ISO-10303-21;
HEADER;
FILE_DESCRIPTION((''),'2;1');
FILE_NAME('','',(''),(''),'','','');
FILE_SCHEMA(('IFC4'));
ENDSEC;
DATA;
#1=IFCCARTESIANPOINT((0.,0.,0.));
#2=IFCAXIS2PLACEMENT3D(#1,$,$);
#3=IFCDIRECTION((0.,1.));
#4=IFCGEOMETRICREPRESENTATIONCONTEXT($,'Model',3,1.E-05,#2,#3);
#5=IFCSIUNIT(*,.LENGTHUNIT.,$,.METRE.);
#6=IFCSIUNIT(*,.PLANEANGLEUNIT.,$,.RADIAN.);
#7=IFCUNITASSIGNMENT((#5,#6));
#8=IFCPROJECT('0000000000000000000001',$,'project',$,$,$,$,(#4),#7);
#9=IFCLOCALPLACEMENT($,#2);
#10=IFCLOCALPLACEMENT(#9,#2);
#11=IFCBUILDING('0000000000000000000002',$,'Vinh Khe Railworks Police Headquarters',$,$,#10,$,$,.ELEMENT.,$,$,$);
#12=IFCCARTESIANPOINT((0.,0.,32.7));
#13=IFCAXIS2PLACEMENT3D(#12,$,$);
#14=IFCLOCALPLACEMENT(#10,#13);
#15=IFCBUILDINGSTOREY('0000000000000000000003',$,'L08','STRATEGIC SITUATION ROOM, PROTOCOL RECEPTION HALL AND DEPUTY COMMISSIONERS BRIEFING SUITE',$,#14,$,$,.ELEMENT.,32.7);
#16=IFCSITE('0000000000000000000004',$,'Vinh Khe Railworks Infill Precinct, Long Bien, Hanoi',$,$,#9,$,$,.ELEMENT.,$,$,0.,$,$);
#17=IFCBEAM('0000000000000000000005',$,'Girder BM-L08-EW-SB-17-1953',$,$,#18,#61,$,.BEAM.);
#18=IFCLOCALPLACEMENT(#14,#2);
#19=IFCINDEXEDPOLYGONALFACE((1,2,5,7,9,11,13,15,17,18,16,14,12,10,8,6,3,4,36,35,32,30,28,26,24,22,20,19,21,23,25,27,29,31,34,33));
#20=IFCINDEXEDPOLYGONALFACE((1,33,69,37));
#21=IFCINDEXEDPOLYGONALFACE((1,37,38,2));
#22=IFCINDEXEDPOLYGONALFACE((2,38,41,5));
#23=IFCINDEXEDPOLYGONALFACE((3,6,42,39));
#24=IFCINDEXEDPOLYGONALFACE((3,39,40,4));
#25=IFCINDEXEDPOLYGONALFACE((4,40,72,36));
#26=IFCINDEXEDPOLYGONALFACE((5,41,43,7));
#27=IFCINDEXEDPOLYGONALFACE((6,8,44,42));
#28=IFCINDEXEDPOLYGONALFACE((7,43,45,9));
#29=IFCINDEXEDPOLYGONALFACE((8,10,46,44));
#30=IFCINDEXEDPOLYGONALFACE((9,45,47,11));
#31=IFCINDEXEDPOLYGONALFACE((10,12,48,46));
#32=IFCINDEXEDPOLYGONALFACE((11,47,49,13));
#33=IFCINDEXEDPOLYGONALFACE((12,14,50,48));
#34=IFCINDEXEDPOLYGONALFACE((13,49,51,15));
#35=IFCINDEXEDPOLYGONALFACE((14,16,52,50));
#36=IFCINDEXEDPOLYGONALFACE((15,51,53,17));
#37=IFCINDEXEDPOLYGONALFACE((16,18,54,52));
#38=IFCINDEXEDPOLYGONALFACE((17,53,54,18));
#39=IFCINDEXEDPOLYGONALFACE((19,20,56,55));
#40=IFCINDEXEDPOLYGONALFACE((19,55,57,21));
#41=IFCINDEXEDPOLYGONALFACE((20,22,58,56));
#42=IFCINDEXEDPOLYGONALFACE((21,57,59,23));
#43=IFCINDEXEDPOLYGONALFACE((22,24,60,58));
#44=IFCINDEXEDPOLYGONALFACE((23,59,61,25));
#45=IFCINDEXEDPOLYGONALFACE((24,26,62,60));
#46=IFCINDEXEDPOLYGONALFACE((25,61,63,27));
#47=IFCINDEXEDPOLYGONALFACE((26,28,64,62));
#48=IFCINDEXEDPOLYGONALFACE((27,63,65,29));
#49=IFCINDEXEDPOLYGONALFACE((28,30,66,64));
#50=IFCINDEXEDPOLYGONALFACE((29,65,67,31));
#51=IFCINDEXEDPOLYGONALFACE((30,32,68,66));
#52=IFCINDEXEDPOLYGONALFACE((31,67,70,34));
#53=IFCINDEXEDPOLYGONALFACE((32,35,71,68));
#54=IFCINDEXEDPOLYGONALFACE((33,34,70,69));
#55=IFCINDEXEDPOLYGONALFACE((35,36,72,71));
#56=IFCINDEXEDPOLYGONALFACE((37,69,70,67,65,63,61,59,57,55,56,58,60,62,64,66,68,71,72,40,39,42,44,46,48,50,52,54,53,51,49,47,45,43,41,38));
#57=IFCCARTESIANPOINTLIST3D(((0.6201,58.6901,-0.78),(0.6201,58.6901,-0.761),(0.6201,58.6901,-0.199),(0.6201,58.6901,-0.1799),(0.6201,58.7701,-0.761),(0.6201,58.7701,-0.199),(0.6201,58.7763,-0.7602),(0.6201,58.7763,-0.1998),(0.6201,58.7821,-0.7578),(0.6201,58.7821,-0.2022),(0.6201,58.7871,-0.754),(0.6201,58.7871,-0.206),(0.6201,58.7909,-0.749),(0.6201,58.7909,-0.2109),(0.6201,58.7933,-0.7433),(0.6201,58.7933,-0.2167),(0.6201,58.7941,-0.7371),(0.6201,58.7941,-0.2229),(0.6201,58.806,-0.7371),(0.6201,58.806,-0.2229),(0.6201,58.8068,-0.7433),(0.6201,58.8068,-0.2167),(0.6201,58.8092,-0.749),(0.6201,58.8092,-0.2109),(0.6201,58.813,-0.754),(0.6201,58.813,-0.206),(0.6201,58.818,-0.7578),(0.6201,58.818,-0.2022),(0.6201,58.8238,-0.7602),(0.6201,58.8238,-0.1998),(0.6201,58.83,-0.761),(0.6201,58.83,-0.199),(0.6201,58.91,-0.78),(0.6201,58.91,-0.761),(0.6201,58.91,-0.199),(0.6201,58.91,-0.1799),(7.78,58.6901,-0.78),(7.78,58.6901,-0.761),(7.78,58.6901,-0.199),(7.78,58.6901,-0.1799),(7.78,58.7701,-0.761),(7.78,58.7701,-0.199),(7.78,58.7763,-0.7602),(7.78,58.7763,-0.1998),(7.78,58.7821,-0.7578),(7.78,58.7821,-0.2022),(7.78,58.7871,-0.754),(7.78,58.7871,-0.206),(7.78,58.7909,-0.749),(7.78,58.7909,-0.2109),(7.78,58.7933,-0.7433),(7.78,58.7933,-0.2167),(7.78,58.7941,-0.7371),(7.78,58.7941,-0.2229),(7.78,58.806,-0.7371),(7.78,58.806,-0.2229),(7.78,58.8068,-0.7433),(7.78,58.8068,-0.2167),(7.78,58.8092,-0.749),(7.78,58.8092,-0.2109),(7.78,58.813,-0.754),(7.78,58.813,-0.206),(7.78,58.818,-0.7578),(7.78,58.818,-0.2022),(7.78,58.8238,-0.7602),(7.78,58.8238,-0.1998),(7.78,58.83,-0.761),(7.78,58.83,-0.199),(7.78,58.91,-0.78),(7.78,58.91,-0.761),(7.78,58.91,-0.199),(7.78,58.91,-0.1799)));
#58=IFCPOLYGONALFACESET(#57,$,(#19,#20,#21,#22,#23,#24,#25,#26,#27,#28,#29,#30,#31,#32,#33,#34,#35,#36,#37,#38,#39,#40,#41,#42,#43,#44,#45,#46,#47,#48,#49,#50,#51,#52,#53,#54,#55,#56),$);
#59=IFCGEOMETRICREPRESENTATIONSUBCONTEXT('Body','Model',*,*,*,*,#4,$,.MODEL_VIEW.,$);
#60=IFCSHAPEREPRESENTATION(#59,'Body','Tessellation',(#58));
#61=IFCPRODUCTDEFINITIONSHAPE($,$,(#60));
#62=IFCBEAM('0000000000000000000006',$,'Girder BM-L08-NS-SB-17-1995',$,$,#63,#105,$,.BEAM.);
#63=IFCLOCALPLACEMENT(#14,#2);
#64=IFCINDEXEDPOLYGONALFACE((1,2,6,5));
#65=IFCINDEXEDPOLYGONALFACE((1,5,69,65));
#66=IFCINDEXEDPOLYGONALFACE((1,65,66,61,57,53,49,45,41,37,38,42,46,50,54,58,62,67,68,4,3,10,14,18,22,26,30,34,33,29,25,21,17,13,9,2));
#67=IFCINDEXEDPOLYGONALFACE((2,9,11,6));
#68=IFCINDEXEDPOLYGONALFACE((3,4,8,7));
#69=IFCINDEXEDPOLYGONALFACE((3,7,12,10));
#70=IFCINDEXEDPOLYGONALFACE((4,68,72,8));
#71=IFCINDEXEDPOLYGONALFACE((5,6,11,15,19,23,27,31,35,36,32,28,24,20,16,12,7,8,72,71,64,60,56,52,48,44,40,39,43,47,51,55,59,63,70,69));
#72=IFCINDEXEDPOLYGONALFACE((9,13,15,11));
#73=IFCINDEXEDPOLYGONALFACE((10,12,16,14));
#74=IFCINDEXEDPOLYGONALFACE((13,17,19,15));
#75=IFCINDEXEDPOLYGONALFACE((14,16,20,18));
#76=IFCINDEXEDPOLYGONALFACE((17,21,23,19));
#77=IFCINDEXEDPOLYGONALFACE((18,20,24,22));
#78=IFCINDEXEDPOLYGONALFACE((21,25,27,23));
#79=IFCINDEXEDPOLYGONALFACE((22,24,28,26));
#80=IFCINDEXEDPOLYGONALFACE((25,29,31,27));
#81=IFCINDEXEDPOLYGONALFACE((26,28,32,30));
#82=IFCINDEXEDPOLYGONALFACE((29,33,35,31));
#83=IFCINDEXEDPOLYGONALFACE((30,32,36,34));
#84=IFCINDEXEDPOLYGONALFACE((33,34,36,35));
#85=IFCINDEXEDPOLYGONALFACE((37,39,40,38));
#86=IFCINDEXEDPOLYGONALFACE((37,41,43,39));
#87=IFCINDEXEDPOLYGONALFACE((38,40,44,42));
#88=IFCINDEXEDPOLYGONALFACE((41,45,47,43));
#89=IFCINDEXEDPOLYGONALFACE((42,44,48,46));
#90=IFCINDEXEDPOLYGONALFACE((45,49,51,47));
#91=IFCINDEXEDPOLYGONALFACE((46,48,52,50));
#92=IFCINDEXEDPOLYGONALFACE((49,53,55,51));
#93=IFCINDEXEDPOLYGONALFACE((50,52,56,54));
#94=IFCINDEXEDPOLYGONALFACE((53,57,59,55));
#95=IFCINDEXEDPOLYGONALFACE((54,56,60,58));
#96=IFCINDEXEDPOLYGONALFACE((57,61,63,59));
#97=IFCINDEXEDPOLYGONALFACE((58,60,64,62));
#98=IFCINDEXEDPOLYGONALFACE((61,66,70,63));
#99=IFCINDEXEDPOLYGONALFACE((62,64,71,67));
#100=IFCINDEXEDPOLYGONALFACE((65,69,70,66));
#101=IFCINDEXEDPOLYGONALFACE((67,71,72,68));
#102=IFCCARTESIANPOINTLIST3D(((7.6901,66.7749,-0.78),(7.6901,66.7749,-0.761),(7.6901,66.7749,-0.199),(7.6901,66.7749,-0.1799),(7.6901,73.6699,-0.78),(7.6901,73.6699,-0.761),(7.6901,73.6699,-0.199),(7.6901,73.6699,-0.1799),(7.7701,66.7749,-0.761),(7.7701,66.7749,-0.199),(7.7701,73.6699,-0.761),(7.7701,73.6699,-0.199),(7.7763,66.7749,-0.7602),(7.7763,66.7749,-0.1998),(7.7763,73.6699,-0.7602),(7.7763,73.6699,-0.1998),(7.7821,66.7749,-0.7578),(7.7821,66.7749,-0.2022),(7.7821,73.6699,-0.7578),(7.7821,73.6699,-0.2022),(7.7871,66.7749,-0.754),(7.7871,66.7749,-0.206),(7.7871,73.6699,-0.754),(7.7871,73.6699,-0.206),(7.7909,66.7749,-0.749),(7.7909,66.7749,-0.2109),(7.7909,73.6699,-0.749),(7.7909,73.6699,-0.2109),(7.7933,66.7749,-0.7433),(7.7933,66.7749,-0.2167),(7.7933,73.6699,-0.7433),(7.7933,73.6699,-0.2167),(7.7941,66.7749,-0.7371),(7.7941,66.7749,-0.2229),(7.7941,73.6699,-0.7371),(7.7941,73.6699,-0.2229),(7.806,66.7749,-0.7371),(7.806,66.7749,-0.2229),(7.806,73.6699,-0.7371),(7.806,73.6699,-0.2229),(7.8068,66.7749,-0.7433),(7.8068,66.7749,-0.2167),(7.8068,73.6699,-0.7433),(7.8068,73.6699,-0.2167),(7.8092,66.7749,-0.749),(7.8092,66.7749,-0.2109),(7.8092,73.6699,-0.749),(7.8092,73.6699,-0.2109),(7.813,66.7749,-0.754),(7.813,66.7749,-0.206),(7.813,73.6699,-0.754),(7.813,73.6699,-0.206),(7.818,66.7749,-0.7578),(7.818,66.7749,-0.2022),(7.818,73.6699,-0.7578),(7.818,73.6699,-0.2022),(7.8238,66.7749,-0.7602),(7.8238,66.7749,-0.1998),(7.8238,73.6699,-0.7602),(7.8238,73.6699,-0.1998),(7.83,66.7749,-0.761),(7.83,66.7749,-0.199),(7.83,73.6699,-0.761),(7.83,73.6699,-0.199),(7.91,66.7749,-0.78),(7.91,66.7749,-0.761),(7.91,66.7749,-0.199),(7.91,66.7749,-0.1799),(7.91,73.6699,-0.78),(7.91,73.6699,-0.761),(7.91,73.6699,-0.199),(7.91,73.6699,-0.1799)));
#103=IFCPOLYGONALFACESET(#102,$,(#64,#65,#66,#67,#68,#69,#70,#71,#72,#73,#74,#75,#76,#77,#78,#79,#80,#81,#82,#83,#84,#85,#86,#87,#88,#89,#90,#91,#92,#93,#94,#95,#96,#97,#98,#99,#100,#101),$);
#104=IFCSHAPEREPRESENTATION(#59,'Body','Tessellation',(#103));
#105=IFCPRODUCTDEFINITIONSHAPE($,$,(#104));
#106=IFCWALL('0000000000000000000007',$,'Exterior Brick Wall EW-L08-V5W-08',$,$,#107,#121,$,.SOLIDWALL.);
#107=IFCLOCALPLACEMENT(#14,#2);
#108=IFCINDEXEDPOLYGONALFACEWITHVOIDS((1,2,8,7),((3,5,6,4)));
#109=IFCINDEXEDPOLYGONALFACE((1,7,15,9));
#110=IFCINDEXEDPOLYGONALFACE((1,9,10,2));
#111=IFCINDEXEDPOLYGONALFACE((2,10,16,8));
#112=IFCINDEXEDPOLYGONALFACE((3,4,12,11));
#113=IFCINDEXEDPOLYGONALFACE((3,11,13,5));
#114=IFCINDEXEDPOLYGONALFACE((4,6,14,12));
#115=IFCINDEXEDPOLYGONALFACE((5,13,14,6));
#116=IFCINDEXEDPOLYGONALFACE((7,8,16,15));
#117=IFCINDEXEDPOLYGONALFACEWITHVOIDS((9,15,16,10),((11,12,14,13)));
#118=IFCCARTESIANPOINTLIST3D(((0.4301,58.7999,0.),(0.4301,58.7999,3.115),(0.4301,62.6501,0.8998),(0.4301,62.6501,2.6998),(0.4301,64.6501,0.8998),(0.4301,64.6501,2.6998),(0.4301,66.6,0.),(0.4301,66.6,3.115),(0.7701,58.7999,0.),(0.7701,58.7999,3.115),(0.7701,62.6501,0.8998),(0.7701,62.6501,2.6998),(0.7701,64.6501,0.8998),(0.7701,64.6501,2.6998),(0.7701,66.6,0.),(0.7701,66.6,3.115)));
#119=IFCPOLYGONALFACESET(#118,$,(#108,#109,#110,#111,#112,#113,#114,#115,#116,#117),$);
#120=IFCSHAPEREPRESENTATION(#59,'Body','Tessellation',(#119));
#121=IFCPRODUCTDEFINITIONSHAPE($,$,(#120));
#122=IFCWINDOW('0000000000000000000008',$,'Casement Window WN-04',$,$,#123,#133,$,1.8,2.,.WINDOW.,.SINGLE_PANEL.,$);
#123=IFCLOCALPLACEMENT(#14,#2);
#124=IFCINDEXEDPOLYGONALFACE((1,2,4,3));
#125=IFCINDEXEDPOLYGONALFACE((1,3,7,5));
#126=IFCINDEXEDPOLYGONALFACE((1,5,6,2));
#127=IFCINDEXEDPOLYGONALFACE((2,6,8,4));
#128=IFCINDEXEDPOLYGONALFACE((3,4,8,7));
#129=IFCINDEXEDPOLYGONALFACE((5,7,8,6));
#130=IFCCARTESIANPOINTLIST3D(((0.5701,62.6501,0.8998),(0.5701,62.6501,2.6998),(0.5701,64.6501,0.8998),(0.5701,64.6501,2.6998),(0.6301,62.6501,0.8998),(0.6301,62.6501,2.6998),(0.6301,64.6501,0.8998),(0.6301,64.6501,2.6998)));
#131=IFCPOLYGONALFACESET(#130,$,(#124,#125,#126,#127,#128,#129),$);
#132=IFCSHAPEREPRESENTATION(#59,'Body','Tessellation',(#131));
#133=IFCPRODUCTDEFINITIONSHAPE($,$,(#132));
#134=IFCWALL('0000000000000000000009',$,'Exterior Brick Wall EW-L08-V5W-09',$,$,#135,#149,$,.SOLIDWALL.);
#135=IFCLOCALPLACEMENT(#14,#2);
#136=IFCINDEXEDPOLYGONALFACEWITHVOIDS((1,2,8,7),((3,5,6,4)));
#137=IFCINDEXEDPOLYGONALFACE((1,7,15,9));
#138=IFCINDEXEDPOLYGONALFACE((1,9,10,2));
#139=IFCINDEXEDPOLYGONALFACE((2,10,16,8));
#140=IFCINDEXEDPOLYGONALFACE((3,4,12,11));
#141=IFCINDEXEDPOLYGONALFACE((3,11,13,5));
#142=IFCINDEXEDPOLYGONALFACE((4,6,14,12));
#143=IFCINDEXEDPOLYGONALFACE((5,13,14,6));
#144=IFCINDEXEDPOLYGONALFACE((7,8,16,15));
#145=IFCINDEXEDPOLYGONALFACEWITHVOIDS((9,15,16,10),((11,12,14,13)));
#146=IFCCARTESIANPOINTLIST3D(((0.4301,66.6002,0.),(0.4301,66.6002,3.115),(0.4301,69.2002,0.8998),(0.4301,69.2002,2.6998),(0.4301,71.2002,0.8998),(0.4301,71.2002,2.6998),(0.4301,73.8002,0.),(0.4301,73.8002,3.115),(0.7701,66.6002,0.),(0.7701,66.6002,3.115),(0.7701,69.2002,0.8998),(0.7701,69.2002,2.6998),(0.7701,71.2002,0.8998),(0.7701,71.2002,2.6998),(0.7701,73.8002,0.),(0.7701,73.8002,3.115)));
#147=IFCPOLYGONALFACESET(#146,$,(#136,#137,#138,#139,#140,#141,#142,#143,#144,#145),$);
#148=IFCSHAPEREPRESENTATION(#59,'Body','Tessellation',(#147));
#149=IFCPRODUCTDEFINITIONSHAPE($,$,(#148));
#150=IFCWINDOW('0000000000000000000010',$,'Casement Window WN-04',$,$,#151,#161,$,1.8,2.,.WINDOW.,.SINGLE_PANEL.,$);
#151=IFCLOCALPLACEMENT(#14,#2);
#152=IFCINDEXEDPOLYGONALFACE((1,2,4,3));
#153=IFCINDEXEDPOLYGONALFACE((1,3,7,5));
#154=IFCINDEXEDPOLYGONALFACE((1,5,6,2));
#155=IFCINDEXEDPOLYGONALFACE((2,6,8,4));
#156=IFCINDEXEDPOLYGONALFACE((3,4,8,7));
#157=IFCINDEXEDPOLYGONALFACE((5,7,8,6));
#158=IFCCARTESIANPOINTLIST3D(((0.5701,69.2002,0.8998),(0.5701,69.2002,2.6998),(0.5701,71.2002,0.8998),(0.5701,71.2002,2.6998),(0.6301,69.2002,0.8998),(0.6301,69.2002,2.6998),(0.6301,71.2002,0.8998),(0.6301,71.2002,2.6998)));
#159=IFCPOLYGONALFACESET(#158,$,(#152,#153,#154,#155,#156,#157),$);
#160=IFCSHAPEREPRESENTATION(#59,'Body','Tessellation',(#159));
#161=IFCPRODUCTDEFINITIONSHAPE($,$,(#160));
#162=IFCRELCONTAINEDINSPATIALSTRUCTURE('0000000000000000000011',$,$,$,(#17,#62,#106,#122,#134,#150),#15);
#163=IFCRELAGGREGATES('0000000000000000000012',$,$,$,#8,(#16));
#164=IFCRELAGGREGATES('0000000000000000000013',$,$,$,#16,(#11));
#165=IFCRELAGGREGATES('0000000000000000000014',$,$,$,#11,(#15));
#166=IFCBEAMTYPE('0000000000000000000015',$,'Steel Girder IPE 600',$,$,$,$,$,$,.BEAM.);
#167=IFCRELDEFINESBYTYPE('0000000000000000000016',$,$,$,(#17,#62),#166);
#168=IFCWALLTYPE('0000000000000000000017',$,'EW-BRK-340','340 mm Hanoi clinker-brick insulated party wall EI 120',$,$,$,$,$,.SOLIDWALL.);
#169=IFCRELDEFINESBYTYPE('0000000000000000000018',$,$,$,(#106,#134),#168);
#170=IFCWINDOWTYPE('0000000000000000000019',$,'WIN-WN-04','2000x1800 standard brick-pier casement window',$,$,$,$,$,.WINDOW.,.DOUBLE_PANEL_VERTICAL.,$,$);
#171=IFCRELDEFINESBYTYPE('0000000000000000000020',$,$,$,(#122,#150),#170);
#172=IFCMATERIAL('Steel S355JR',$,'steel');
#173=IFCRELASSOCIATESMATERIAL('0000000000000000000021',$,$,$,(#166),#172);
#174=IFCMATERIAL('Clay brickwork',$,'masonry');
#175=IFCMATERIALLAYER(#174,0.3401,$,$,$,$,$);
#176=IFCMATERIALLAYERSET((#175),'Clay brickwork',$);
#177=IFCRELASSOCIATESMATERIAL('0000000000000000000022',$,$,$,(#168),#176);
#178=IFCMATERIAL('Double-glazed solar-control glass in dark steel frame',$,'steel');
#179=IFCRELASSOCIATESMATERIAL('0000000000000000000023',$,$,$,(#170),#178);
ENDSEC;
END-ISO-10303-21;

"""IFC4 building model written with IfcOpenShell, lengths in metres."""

from ifc_helpers import new_model, si_unit, direction, frame, frame_2d, origin, origin_2d, place, context, subcontext, project, spatial, rectangle, i_section, extrude, material, layer, layer_set, material_profile, profile_set, type_object, element, fill, save


model = new_model("IFC4")

# Units and contexts
model_context = context("Model", 3, precision=1e-05, world=origin(), true_north=direction((0.0, 1.0)))
body_context = subcontext(model_context, "Body", "Model", "MODEL_VIEW")
ifc_project = project(units=[si_unit("LENGTHUNIT", "METRE"), si_unit("PLANEANGLEUNIT", "RADIAN")], contexts=[model_context])

# Site, building, storey
site_placement = place(None, origin())
site = spatial("IfcSite", under=ifc_project, at=site_placement, Name="Vinh Khe Railworks Infill Precinct, Long Bien, Hanoi", CompositionType="ELEMENT", RefElevation=0.0)
building_placement = place(site_placement, origin())
building = spatial("IfcBuilding", under=site, at=building_placement, Name="Vinh Khe Railworks Police Headquarters", CompositionType="ELEMENT")
storey_placement = place(building_placement, frame((0.0, 0.0, 32.7)))
storey = spatial("IfcBuildingStorey", under=building, at=storey_placement, Name="L08", Description="STRATEGIC SITUATION ROOM, PROTOCOL RECEPTION HALL AND DEPUTY COMMISSIONERS BRIEFING SUITE", CompositionType="ELEMENT", Elevation=32.7)

# Shared definitions
ifc_material_1 = material(Name="Steel S355JR", Category="steel")

# Beams
ifc_material_profile_1 = material_profile(ifc_material_1, i_section(OverallWidth=0.22, OverallDepth=0.6001, WebThickness=0.012, FlangeThickness=0.019, FilletRadius=0.0239, at=origin_2d()), Name="IPE 600")
ifc_profile_set_1 = profile_set([ifc_material_profile_1], Name="Steel S355JR")
beam_type_1 = type_object("IfcBeamType", Name="Steel Girder IPE 600", PredefinedType="BEAM", material=ifc_profile_set_1)
beam_1_placement = place(storey_placement, frame((0.6201, 58.8, -0.48), z_axis=(1.0, 0.0, 0.0), x_axis=(0.0, 1.0, 0.0)))
element("IfcBeam", 1, at=beam_1_placement, inside=storey, type_object=beam_type_1, Name="Girder BM-L08-EW-SB-17-1953", PredefinedType="BEAM", context=body_context, shape_type="SweptSolid", body=[
    extrude(i_section(OverallWidth=0.22, OverallDepth=0.6001, WebThickness=0.012, FlangeThickness=0.019, FilletRadius=0.0239, at=origin_2d()), origin(), (0.0, 0.0, 1.0), 7.1599),
])
beam_2_placement = place(storey_placement, frame((7.8, 66.7749, -0.48), z_axis=(0.0, 1.0, 0.0), x_axis=(-1.0, 0.0, 0.0)))
element("IfcBeam", 2, at=beam_2_placement, inside=storey, type_object=beam_type_1, Name="Girder BM-L08-NS-SB-17-1995", PredefinedType="BEAM", context=body_context, shape_type="SweptSolid", body=[
    extrude(i_section(OverallWidth=0.22, OverallDepth=0.6001, WebThickness=0.012, FlangeThickness=0.019, FilletRadius=0.0239, at=origin_2d()), origin(), (0.0, 0.0, 1.0), 6.895),
])

# Walls, openings, windows
ifc_material_2 = material(Name="Clay brickwork", Category="masonry")
ifc_layer_1 = layer(ifc_material_2, 0.3401)
ifc_layer_set_1 = layer_set([ifc_layer_1], Name="Clay brickwork")
wall_type_1 = type_object("IfcWallType", Name="EW-BRK-340", Description="340 mm Hanoi clinker-brick insulated party wall EI 120", PredefinedType="SOLIDWALL", material=ifc_layer_set_1)
wall_1_placement = place(storey_placement, frame((0.6001, 58.8, 0.0), z_axis=(0.0, 0.0, 1.0), x_axis=(0.0, 1.0, 0.0)))
wall_1 = element("IfcWall", 3, at=wall_1_placement, inside=storey, type_object=wall_type_1, Name="Exterior Brick Wall EW-L08-V5W-08", PredefinedType="SOLIDWALL", context=body_context, shape_type="SweptSolid", body=[
    extrude(rectangle(XDim=7.8, YDim=0.3401, at=frame_2d((3.8999, 0.0))), origin(), (0.0, 0.0, 1.0), 3.115),
])
opening_1_placement = place(wall_1_placement, frame((3.8501, 0.0, 0.8999)))
opening_1 = element("IfcOpeningElement", 4, at=opening_1_placement, cuts=wall_1, PredefinedType="OPENING", context=body_context, shape_type="SweptSolid", body=[
    extrude(rectangle(XDim=2.0, YDim=1.8, at=frame_2d((1.0, 0.8999))), frame((0.0, 0.1851, 0.0), z_axis=(0.0, -1.0, 0.0), x_axis=(1.0, 0.0, 0.0)), (0.0, 0.0, 1.0), 0.3699),
])
ifc_material_3 = material(Name="Double-glazed solar-control glass in dark steel frame", Category="steel")
window_type_1 = type_object("IfcWindowType", Name="WIN-WN-04", Description="2000x1800 standard brick-pier casement window", PartitioningType="DOUBLE_PANEL_VERTICAL", PredefinedType="WINDOW", material=ifc_material_3)
window_1_placement = place(opening_1_placement, origin())
window_1 = element("IfcWindow", 5, at=window_1_placement, inside=storey, type_object=window_type_1, Name="Casement Window WN-04", OverallHeight=1.8, OverallWidth=2.0, PartitioningType="SINGLE_PANEL", PredefinedType="WINDOW", context=body_context, shape_type="SweptSolid", body=[
    extrude(rectangle(XDim=2.0, YDim=1.8, at=frame_2d((1.0, 0.8999))), frame((0.0, 0.03, 0.0), z_axis=(0.0, -1.0, 0.0), x_axis=(1.0, 0.0, 0.0)), (0.0, 0.0, 1.0), 0.0601),
])
fill(opening_1, window_1)
wall_2_placement = place(storey_placement, frame((0.6001, 66.6001, 0.0), z_axis=(0.0, 0.0, 1.0), x_axis=(0.0, 1.0, 0.0)))
wall_2 = element("IfcWall", 6, at=wall_2_placement, inside=storey, type_object=wall_type_1, Name="Exterior Brick Wall EW-L08-V5W-09", PredefinedType="SOLIDWALL", context=body_context, shape_type="SweptSolid", body=[
    extrude(rectangle(XDim=7.2, YDim=0.3401, at=frame_2d((3.6001, 0.0))), origin(), (0.0, 0.0, 1.0), 3.115),
])
opening_2_placement = place(wall_2_placement, frame((2.6001, 0.0, 0.8999)))
opening_2 = element("IfcOpeningElement", 7, at=opening_2_placement, cuts=wall_2, PredefinedType="OPENING", context=body_context, shape_type="SweptSolid", body=[
    extrude(rectangle(XDim=2.0, YDim=1.8, at=frame_2d((1.0, 0.8999))), frame((0.0, 0.1851, 0.0), z_axis=(0.0, -1.0, 0.0), x_axis=(1.0, 0.0, 0.0)), (0.0, 0.0, 1.0), 0.3699),
])
window_2_placement = place(opening_2_placement, origin())
window_2 = element("IfcWindow", 8, at=window_2_placement, inside=storey, type_object=window_type_1, Name="Casement Window WN-04", OverallHeight=1.8, OverallWidth=2.0, PartitioningType="SINGLE_PANEL", PredefinedType="WINDOW", context=body_context, shape_type="SweptSolid", body=[
    extrude(rectangle(XDim=2.0, YDim=1.8, at=frame_2d((1.0, 0.8999))), frame((0.0, 0.03, 0.0), z_axis=(0.0, -1.0, 0.0), x_axis=(1.0, 0.0, 0.0)), (0.0, 0.0, 1.0), 0.0601),
])
fill(opening_2, window_2)

save(model, "model.ifc")
